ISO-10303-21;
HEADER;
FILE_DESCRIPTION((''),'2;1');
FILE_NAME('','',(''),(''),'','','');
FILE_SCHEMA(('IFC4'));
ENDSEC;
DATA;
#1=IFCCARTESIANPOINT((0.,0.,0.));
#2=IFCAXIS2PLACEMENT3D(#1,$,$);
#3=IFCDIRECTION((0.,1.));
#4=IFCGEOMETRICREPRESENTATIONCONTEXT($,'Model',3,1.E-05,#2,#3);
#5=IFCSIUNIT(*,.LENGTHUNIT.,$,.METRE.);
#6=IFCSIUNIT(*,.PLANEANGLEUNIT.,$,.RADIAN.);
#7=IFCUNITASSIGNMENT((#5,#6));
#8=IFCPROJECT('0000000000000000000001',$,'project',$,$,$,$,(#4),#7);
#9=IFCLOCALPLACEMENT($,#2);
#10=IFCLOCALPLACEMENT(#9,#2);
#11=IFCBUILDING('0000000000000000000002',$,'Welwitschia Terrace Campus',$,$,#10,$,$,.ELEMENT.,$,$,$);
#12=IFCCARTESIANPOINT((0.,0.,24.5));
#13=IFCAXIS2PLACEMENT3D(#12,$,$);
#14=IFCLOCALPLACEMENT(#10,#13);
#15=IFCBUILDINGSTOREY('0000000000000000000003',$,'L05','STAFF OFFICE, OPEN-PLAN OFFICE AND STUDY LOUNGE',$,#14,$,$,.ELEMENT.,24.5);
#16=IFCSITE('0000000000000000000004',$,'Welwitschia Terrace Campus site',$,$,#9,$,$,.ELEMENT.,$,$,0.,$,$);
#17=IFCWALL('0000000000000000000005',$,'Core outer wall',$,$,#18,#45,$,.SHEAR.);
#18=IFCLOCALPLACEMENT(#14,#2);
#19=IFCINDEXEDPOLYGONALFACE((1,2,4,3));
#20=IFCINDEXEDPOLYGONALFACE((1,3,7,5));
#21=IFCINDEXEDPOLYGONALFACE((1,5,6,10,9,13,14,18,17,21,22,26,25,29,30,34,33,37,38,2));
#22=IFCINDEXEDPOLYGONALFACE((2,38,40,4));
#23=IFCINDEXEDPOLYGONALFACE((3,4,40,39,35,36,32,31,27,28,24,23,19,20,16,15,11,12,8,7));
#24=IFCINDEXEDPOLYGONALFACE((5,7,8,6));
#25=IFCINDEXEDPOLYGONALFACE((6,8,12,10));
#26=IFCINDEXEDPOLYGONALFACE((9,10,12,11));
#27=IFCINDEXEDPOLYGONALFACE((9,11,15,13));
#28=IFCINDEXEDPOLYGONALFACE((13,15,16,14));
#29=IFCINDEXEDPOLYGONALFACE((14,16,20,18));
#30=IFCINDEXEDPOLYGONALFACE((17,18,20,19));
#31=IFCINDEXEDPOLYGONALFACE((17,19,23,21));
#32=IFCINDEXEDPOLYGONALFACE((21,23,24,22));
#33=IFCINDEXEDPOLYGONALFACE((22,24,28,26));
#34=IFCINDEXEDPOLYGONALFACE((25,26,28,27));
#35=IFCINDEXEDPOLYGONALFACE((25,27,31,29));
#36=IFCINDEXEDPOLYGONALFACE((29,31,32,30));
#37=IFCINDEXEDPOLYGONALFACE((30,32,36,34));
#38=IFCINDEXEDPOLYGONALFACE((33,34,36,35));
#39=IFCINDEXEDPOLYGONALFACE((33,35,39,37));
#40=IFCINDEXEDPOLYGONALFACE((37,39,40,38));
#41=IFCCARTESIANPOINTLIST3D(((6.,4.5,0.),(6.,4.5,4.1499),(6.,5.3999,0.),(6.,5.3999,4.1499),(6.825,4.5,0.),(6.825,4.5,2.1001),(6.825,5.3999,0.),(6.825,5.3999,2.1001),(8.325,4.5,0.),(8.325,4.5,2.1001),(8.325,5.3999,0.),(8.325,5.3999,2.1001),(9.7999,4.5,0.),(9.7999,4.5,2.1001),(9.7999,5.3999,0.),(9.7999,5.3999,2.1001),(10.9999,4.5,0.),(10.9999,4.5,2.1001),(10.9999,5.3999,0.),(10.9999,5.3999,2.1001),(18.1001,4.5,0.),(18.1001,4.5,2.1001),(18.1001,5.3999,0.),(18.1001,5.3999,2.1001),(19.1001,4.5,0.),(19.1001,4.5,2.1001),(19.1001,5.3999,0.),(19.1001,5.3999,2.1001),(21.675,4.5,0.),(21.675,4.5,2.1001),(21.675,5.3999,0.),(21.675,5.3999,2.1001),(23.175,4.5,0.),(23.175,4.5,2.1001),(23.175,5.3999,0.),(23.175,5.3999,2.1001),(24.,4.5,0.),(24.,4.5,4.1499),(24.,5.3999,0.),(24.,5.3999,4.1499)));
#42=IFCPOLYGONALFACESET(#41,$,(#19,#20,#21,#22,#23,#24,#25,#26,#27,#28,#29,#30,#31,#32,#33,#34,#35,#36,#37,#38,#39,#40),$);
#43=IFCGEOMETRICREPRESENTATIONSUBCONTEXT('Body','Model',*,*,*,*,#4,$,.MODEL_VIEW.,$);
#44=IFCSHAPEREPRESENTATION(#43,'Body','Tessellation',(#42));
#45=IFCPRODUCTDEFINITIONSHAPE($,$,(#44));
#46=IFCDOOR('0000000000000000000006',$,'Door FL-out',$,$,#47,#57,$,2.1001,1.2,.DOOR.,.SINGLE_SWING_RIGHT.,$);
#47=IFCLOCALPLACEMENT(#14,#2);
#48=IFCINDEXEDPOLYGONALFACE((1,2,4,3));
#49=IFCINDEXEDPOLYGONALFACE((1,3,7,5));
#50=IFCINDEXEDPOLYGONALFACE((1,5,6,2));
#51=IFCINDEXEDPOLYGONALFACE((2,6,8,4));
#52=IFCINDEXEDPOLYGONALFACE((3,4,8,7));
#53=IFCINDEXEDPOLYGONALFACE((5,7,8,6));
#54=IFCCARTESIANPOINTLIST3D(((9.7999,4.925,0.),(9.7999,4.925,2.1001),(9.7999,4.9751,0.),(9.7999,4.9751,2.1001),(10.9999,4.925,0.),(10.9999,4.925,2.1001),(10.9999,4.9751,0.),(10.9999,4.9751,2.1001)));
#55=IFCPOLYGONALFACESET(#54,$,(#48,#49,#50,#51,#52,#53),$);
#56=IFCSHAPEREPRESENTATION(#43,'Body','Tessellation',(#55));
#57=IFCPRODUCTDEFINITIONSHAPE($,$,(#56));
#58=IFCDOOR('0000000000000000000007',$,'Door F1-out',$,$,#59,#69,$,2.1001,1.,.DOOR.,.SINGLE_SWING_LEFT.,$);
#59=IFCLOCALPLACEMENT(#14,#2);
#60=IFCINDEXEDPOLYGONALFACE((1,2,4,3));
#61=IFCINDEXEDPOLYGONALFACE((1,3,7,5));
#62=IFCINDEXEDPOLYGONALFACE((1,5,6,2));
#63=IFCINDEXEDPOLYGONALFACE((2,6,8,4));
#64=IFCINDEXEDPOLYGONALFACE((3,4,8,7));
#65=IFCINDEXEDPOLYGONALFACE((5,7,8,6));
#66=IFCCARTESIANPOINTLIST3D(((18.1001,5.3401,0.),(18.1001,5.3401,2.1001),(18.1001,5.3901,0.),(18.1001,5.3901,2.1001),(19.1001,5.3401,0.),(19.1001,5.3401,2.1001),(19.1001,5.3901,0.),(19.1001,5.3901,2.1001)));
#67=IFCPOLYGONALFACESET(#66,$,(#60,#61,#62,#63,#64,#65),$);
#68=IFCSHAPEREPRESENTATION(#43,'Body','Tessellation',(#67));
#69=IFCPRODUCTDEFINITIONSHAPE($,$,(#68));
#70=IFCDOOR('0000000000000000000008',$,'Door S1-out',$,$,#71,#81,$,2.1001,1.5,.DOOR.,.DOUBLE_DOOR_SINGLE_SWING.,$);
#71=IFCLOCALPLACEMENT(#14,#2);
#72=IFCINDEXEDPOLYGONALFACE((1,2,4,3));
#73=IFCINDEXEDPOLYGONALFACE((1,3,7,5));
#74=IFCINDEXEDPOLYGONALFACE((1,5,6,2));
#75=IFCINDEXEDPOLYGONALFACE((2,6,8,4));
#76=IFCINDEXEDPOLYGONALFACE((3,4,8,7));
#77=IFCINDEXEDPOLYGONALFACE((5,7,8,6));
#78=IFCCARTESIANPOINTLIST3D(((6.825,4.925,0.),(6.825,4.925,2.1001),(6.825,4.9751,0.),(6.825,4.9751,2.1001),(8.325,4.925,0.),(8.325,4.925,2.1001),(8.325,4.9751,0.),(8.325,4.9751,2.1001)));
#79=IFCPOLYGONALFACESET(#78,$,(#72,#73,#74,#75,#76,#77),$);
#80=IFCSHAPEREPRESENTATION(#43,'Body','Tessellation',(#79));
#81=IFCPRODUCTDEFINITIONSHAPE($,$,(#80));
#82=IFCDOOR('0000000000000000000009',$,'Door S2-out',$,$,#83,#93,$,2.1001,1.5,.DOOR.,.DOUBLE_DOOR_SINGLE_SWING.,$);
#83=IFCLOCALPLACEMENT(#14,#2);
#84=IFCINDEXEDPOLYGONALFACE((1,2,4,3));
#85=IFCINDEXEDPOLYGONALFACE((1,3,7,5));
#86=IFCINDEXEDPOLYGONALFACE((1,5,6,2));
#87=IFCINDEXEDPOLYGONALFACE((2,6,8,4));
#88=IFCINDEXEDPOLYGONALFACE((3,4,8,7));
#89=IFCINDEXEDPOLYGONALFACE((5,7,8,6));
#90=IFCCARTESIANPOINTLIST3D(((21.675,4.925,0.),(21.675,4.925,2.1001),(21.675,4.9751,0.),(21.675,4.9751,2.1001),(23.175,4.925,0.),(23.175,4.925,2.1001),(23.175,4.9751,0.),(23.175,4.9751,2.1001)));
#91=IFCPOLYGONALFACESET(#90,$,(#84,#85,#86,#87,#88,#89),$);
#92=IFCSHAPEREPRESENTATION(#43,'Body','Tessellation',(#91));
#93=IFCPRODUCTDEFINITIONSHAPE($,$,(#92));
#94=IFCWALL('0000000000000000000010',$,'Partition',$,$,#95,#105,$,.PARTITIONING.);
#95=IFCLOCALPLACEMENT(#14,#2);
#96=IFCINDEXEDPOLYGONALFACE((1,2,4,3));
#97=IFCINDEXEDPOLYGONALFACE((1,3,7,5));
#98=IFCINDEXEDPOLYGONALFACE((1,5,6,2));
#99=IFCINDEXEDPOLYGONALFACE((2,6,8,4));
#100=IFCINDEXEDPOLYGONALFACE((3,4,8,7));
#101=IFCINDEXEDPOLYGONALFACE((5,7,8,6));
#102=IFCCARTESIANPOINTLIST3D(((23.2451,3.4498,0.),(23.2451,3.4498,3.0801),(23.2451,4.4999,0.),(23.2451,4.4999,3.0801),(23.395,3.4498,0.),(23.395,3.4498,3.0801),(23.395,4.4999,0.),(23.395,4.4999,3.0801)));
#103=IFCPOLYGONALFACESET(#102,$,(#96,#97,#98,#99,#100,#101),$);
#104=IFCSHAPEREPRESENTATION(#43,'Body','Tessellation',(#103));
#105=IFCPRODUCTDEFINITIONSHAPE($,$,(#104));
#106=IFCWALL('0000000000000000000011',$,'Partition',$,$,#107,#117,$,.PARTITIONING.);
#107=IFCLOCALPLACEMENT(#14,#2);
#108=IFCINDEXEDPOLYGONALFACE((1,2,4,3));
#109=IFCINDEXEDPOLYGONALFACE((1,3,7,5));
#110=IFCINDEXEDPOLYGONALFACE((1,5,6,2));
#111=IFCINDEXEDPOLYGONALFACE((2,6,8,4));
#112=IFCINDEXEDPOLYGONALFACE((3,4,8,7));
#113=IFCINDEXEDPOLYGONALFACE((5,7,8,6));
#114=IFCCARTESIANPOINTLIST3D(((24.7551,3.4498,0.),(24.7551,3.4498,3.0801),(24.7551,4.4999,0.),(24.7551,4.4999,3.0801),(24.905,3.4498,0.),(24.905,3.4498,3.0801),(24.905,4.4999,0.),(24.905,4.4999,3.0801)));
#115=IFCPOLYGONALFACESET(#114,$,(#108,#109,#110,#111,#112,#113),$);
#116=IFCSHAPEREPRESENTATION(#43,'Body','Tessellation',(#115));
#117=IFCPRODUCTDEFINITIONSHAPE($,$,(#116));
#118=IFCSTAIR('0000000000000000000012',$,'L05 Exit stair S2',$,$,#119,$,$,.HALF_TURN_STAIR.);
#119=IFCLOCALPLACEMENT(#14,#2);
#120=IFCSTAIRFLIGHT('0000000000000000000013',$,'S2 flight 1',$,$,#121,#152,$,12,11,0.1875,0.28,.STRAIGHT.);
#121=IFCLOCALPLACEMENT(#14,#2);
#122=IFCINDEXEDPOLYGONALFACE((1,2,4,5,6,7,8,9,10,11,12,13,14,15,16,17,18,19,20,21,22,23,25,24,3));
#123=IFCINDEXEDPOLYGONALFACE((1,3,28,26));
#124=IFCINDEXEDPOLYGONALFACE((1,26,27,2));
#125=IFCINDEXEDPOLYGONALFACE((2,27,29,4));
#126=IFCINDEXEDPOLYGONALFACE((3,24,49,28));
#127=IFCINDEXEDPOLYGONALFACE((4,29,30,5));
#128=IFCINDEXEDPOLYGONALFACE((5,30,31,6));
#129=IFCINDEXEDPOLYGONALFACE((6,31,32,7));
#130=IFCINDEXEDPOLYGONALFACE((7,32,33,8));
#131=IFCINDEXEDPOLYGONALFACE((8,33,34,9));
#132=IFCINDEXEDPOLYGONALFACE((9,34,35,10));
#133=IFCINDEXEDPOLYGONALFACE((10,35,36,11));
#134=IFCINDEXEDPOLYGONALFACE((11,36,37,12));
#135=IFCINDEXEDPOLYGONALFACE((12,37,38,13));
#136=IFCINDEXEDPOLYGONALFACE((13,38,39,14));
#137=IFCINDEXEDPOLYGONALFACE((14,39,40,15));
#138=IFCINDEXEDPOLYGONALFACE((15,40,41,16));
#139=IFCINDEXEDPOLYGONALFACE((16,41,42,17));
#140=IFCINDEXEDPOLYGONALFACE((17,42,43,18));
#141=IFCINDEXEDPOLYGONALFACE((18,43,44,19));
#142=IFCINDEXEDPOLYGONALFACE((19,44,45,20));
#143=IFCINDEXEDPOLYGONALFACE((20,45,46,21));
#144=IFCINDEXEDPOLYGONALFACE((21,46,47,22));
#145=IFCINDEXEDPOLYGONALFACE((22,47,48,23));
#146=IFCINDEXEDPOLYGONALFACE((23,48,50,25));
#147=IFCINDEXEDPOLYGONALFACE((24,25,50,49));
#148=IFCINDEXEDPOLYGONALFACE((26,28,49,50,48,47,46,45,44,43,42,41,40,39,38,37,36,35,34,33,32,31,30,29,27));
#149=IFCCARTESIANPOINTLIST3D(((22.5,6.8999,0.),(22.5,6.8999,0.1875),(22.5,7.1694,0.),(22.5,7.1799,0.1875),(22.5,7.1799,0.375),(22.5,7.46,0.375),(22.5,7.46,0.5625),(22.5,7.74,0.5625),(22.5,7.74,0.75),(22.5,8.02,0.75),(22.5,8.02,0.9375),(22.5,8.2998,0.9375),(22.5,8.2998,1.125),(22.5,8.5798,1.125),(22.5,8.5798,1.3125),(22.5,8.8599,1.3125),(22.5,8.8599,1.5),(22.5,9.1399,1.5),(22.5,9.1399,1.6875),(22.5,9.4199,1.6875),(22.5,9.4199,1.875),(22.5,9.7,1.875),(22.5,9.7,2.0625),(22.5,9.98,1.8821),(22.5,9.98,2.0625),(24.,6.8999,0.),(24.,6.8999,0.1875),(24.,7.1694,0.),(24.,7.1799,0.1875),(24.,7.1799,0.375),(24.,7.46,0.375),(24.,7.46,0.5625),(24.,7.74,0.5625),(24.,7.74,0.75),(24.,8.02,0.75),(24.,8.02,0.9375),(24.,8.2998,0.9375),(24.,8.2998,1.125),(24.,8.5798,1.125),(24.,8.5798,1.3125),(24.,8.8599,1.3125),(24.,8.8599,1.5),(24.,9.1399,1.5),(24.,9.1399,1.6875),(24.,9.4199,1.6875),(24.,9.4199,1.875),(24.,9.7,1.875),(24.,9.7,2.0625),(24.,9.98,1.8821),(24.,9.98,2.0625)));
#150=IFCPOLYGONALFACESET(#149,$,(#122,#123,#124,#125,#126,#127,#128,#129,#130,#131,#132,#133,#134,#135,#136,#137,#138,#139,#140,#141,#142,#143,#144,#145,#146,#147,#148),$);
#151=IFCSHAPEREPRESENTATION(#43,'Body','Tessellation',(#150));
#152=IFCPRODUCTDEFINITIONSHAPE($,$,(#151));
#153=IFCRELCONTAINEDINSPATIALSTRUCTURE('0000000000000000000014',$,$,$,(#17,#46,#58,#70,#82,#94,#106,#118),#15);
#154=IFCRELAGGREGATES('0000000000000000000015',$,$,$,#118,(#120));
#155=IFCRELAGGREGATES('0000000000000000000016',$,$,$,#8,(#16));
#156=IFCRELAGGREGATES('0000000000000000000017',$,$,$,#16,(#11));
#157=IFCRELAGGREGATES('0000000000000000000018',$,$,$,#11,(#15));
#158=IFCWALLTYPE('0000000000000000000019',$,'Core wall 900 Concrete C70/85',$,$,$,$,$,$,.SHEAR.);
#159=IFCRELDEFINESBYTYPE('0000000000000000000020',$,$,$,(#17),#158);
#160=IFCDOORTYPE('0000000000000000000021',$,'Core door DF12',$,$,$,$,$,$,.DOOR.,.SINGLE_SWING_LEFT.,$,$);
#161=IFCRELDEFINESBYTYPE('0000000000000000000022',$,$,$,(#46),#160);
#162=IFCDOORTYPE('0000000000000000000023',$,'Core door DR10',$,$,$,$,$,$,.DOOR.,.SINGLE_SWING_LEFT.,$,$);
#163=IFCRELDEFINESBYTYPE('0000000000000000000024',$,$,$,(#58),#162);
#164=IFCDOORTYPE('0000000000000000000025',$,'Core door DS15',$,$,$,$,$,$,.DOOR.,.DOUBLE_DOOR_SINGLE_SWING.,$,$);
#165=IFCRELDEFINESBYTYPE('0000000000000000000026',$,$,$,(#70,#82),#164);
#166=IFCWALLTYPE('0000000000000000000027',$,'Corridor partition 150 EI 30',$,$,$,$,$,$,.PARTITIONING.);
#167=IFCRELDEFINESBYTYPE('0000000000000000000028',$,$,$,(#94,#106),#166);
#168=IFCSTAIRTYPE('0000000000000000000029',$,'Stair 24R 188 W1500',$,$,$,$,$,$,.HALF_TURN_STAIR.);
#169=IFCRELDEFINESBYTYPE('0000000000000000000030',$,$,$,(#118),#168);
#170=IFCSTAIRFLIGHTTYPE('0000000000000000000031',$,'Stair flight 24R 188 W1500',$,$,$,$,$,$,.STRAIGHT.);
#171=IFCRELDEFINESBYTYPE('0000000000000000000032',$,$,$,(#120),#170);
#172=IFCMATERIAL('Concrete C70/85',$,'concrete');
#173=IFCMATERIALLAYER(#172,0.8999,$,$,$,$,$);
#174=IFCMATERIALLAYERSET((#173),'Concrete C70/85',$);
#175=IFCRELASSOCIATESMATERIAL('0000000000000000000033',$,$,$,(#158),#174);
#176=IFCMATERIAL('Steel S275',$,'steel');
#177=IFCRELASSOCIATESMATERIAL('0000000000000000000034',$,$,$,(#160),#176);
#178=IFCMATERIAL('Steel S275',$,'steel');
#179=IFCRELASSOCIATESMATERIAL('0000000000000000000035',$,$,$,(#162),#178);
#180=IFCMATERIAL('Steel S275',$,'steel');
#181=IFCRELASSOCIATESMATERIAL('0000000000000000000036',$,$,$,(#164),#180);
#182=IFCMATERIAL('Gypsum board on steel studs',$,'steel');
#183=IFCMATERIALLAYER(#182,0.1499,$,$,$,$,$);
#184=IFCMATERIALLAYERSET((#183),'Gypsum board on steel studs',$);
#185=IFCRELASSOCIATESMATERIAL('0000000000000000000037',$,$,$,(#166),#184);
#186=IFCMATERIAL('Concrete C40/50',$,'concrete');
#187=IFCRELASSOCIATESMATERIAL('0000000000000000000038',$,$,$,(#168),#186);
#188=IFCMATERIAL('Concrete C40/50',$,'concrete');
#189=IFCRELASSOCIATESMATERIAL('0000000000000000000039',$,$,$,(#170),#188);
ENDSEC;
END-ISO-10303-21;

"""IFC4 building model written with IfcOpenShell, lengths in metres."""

from ifc_helpers import new_model, si_unit, direction, frame, frame_2d, origin, place, context, subcontext, project, spatial, polyline, rectangle, outline, extrude, material, layer, layer_set, type_object, element, fill, aggregate, save


model = new_model("IFC4")

# Units and contexts
model_context = context("Model", 3, precision=1e-05, world=origin(), true_north=direction((0.0, 1.0)))
body_context = subcontext(model_context, "Body", "Model", "MODEL_VIEW")
ifc_project = project(units=[si_unit("LENGTHUNIT", "METRE"), si_unit("PLANEANGLEUNIT", "RADIAN")], contexts=[model_context])

# Site, building, storey
site_placement = place(None, origin())
site = spatial("IfcSite", under=ifc_project, at=site_placement, Name="Welwitschia Terrace Campus site", CompositionType="ELEMENT", RefElevation=0.0)
building_placement = place(site_placement, origin())
building = spatial("IfcBuilding", under=site, at=building_placement, Name="Welwitschia Terrace Campus", CompositionType="ELEMENT")
storey_placement = place(building_placement, frame((0.0, 0.0, 24.5)))
storey = spatial("IfcBuildingStorey", under=building, at=storey_placement, Name="L05", Description="STAFF OFFICE, OPEN-PLAN OFFICE AND STUDY LOUNGE", CompositionType="ELEMENT", Elevation=24.5)

# Wall, openings, doors
ifc_material_1 = material(Name="Concrete C70/85", Category="concrete")
ifc_layer_1 = layer(ifc_material_1, 0.8999)
ifc_layer_set_1 = layer_set([ifc_layer_1], Name="Concrete C70/85")
wall_type_1 = type_object("IfcWallType", Name="Core wall 900 Concrete C70/85", PredefinedType="SHEAR", material=ifc_layer_set_1)
wall_1_placement = place(storey_placement, frame((24.0, 4.95, 0.0), z_axis=(0.0, 0.0, 1.0), x_axis=(-1.0, 0.0, 0.0)))
wall_1 = element("IfcWall", 1, at=wall_1_placement, inside=storey, type_object=wall_type_1, Name="Core outer wall", PredefinedType="SHEAR", context=body_context, shape_type="SweptSolid", body=[
    extrude(rectangle(XDim=18.0, YDim=0.8999, at=frame_2d((9.0, 0.0))), origin(), (0.0, 0.0, 1.0), 4.1499),
])
opening_1_placement = place(wall_1_placement, frame((15.675, 0.0, 0.0)))
opening_1 = element("IfcOpeningElement", 2, at=opening_1_placement, cuts=wall_1, PredefinedType="OPENING", context=body_context, shape_type="SweptSolid", body=[
    extrude(rectangle(XDim=1.5, YDim=2.1001, at=frame_2d((0.75, 1.05))), frame((0.0, 0.46, 0.0), z_axis=(0.0, -1.0, 0.0), x_axis=(1.0, 0.0, 0.0)), (0.0, 0.0, 1.0), 0.9199),
])
opening_2_placement = place(wall_1_placement, frame((0.825, 0.0, 0.0)))
opening_2 = element("IfcOpeningElement", 3, at=opening_2_placement, cuts=wall_1, PredefinedType="OPENING", context=body_context, shape_type="SweptSolid", body=[
    extrude(rectangle(XDim=1.5, YDim=2.1001, at=frame_2d((0.75, 1.05))), frame((0.0, 0.46, 0.0), z_axis=(0.0, -1.0, 0.0), x_axis=(1.0, 0.0, 0.0)), (0.0, 0.0, 1.0), 0.9199),
])
opening_3_placement = place(wall_1_placement, frame((13.0, 0.0, 0.0)))
opening_3 = element("IfcOpeningElement", 4, at=opening_3_placement, cuts=wall_1, PredefinedType="OPENING", context=body_context, shape_type="SweptSolid", body=[
    extrude(rectangle(XDim=1.2, YDim=2.1001, at=frame_2d((0.6001, 1.05))), frame((0.0, 0.46, 0.0), z_axis=(0.0, -1.0, 0.0), x_axis=(1.0, 0.0, 0.0)), (0.0, 0.0, 1.0), 0.9199),
])
opening_4_placement = place(wall_1_placement, frame((4.8999, 0.0, 0.0)))
opening_4 = element("IfcOpeningElement", 5, at=opening_4_placement, cuts=wall_1, PredefinedType="OPENING", context=body_context, shape_type="SweptSolid", body=[
    extrude(rectangle(XDim=1.0, YDim=2.1001, at=frame_2d((0.5, 1.05))), frame((0.0, 0.46, 0.0), z_axis=(0.0, -1.0, 0.0), x_axis=(1.0, 0.0, 0.0)), (0.0, 0.0, 1.0), 0.9199),
])
ifc_material_2 = material(Name="Steel S275", Category="steel")
door_type_1 = type_object("IfcDoorType", Name="Core door DF12", OperationType="SINGLE_SWING_LEFT", PredefinedType="DOOR", material=ifc_material_2)
door_1_placement = place(opening_3_placement, origin())
door_1 = element("IfcDoor", 6, at=door_1_placement, inside=storey, type_object=door_type_1, Name="Door FL-out", OperationType="SINGLE_SWING_RIGHT", OverallHeight=2.1001, OverallWidth=1.2, PredefinedType="DOOR", context=body_context, shape_type="SweptSolid", body=[
    extrude(rectangle(XDim=1.2, YDim=2.1001, at=frame_2d((0.6001, 1.05))), frame((0.0, 0.0249, 0.0), z_axis=(0.0, -1.0, 0.0), x_axis=(1.0, 0.0, 0.0)), (0.0, 0.0, 1.0), 0.05),
])
fill(opening_3, door_1)
ifc_material_3 = material(Name="Steel S275", Category="steel")
door_type_2 = type_object("IfcDoorType", Name="Core door DR10", OperationType="SINGLE_SWING_LEFT", PredefinedType="DOOR", material=ifc_material_3)
door_2_placement = place(opening_4_placement, origin())
door_2 = element("IfcDoor", 7, at=door_2_placement, inside=storey, type_object=door_type_2, Name="Door F1-out", OperationType="SINGLE_SWING_LEFT", OverallHeight=2.1001, OverallWidth=1.0, PredefinedType="DOOR", context=body_context, shape_type="SweptSolid", body=[
    extrude(rectangle(XDim=1.0, YDim=2.1001, at=frame_2d((0.5, 1.05))), frame((0.0, -0.3901, 0.0), z_axis=(0.0, -1.0, 0.0), x_axis=(1.0, 0.0, 0.0)), (0.0, 0.0, 1.0), 0.05),
])
fill(opening_4, door_2)
ifc_material_4 = material(Name="Steel S275", Category="steel")
door_type_3 = type_object("IfcDoorType", Name="Core door DS15", OperationType="DOUBLE_DOOR_SINGLE_SWING", PredefinedType="DOOR", material=ifc_material_4)
door_3_placement = place(opening_1_placement, origin())
door_3 = element("IfcDoor", 8, at=door_3_placement, inside=storey, type_object=door_type_3, Name="Door S1-out", OperationType="DOUBLE_DOOR_SINGLE_SWING", OverallHeight=2.1001, OverallWidth=1.5, PredefinedType="DOOR", context=body_context, shape_type="SweptSolid", body=[
    extrude(rectangle(XDim=1.5, YDim=2.1001, at=frame_2d((0.75, 1.05))), frame((0.0, 0.0249, 0.0), z_axis=(0.0, -1.0, 0.0), x_axis=(1.0, 0.0, 0.0)), (0.0, 0.0, 1.0), 0.05),
])
fill(opening_1, door_3)
door_4_placement = place(opening_2_placement, origin())
door_4 = element("IfcDoor", 9, at=door_4_placement, inside=storey, type_object=door_type_3, Name="Door S2-out", OperationType="DOUBLE_DOOR_SINGLE_SWING", OverallHeight=2.1001, OverallWidth=1.5, PredefinedType="DOOR", context=body_context, shape_type="SweptSolid", body=[
    extrude(rectangle(XDim=1.5, YDim=2.1001, at=frame_2d((0.75, 1.05))), frame((0.0, 0.0249, 0.0), z_axis=(0.0, -1.0, 0.0), x_axis=(1.0, 0.0, 0.0)), (0.0, 0.0, 1.0), 0.05),
])
fill(opening_2, door_4)

# Walls
ifc_material_5 = material(Name="Gypsum board on steel studs", Category="steel")
ifc_layer_2 = layer(ifc_material_5, 0.1499)
ifc_layer_set_2 = layer_set([ifc_layer_2], Name="Gypsum board on steel studs")
wall_type_2 = type_object("IfcWallType", Name="Corridor partition 150 EI 30", PredefinedType="PARTITIONING", material=ifc_layer_set_2)
for number, where, z_axis, x_axis, name in (
    (10, (23.3201, 3.45, 0.0), (0.0, 0.0, 1.0), (0.0, 1.0, 0.0), "Partition"),
    (11, (24.8301, 3.45, 0.0), (0.0, 0.0, 1.0), (0.0, 1.0, 0.0), "Partition"),
):
    element("IfcWall", number, at=place(storey_placement, frame(where, z_axis=z_axis, x_axis=x_axis)), inside=storey, type_object=wall_type_2, Name=name, PredefinedType="PARTITIONING", context=body_context, shape_type="SweptSolid", body=[
        extrude(rectangle(XDim=1.05, YDim=0.1499, at=frame_2d((0.5249, 0.0))), origin(), (0.0, 0.0, 1.0), 3.0801),
    ])

# Stair, stair flight
ifc_material_6 = material(Name="Concrete C40/50", Category="concrete")
stair_type = type_object("IfcStairType", Name="Stair 24R 188 W1500", PredefinedType="HALF_TURN_STAIR", material=ifc_material_6)
stair_placement = place(storey_placement, origin())
stair = element("IfcStair", 12, at=stair_placement, inside=storey, type_object=stair_type, Name="L05 Exit stair S2", PredefinedType="HALF_TURN_STAIR")
ifc_material_7 = material(Name="Concrete C40/50", Category="concrete")
stair_flight_type = type_object("IfcStairFlightType", Name="Stair flight 24R 188 W1500", PredefinedType="STRAIGHT", material=ifc_material_7)
stair_flight_1_placement = place(storey_placement, frame((23.25, 6.8999, 0.0), z_axis=(0.0, 0.0, 1.0), x_axis=(0.0, 1.0, 0.0)))
stair_flight_1 = element("IfcStairFlight", 13, at=stair_flight_1_placement, type_object=stair_flight_type, Name="S2 flight 1", NumberOfRisers=12, NumberOfTreads=11, PredefinedType="STRAIGHT", RiserHeight=0.1875, TreadLength=0.28, context=body_context, shape_type="SweptSolid", body=[
    extrude(outline(polyline([(0.0, 0.0), (0.0, 0.1875), (0.28, 0.1875), (0.28, 0.375), (0.5601, 0.375), (0.5601, 0.5625), (0.8401, 0.5625), (0.8401, 0.75), (1.1201, 0.75), (1.1201, 0.9375), (1.3999, 0.9375), (1.3999, 1.125), (1.6799, 1.125), (1.6799, 1.3125), (1.96, 1.3125), (1.96, 1.5), (2.24, 1.5), (2.24, 1.6875), (2.52, 1.6875), (2.52, 1.875), (2.8, 1.875), (2.8, 2.0625), (3.0801, 2.0625), (3.0801, 2.25), (3.0801, 1.8821), (0.2695, 0.0), (0.0, 0.0)])), frame((0.0, 0.75, 0.0), z_axis=(0.0, -1.0, 0.0), x_axis=(1.0, 0.0, 0.0)), (0.0, 0.0, 1.0), 1.5),
])
aggregate(stair, [stair_flight_1])

save(model, "model.ifc")
